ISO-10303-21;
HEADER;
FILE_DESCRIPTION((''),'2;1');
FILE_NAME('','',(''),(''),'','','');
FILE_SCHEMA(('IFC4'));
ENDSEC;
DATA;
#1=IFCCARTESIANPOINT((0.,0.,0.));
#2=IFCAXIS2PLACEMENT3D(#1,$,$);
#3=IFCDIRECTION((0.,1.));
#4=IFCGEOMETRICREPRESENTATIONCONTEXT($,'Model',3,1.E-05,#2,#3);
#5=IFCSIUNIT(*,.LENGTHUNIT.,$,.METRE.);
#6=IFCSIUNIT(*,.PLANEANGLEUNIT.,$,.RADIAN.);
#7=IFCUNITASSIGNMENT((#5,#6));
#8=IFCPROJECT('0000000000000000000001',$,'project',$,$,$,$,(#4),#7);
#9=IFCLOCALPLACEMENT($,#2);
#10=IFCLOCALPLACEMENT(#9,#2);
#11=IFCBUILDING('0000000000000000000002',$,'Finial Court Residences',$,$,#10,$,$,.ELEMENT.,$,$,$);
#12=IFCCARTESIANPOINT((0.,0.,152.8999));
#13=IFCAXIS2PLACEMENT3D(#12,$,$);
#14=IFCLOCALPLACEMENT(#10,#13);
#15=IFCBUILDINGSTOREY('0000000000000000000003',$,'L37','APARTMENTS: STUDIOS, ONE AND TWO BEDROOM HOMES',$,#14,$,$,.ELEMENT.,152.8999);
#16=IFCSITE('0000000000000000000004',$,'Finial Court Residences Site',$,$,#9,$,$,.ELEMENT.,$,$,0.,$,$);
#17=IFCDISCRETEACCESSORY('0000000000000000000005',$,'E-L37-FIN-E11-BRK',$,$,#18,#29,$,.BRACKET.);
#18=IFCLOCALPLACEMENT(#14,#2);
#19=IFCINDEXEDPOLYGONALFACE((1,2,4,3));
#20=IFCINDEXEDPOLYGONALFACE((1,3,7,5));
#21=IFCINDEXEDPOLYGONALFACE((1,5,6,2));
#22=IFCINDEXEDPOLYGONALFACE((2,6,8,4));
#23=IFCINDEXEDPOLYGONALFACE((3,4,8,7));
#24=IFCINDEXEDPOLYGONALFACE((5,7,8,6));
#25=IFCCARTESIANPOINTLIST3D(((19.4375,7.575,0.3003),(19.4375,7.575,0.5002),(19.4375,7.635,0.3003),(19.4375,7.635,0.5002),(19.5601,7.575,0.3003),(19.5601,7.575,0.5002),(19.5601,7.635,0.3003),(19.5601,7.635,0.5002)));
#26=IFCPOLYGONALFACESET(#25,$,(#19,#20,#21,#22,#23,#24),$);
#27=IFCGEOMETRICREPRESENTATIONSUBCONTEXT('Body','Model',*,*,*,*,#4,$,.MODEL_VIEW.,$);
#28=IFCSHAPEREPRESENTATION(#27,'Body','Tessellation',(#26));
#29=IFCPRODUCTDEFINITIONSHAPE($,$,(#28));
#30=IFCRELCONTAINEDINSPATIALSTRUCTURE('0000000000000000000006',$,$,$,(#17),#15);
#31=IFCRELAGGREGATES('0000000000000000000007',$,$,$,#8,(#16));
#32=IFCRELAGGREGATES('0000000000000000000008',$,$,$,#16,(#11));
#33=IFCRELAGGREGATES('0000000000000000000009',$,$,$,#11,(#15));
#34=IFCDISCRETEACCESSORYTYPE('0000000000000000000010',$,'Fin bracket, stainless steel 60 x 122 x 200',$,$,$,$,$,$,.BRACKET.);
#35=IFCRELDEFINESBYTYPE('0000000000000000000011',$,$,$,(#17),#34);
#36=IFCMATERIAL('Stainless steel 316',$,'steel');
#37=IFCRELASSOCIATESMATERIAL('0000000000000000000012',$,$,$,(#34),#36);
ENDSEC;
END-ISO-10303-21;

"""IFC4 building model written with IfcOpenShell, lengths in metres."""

from ifc_helpers import new_model, si_unit, direction, frame, origin, origin_2d, place, context, subcontext, project, spatial, rectangle, extrude, material, type_object, element, save


model = new_model("IFC4")

# Units and contexts
model_context = context("Model", 3, precision=1e-05, world=origin(), true_north=direction((0.0, 1.0)))
body_context = subcontext(model_context, "Body", "Model", "MODEL_VIEW")
ifc_project = project(units=[si_unit("LENGTHUNIT", "METRE"), si_unit("PLANEANGLEUNIT", "RADIAN")], contexts=[model_context])

# Site, building, storey
site_placement = place(None, origin())
site = spatial("IfcSite", under=ifc_project, at=site_placement, Name="Finial Court Residences Site", CompositionType="ELEMENT", RefElevation=0.0)
building_placement = place(site_placement, origin())
building = spatial("IfcBuilding", under=site, at=building_placement, Name="Finial Court Residences", CompositionType="ELEMENT")
storey_placement = place(building_placement, frame((0.0, 0.0, 152.8999)))
storey = spatial("IfcBuildingStorey", under=building, at=storey_placement, Name="L37", Description="APARTMENTS: STUDIOS, ONE AND TWO BEDROOM HOMES", CompositionType="ELEMENT", Elevation=152.8999)

# Discrete accessory
ifc_material_1 = material(Name="Stainless steel 316", Category="steel")
discrete_accessory_type = type_object("IfcDiscreteAccessoryType", Name="Fin bracket, stainless steel 60 x 122 x 200", PredefinedType="BRACKET", material=ifc_material_1)
discrete_accessory_placement = place(storey_placement, frame((19.4988, 7.605, 0.3003), z_axis=(0.0, 0.0, 1.0), x_axis=(1.0, 0.0, 0.0)))
element("IfcDiscreteAccessory", 1, at=discrete_accessory_placement, inside=storey, type_object=discrete_accessory_type, Name="E-L37-FIN-E11-BRK", PredefinedType="BRACKET", context=body_context, shape_type="SweptSolid", body=[
    extrude(rectangle(XDim=0.1226, YDim=0.0601, at=origin_2d()), origin(), (0.0, 0.0, 1.0), 0.2),
])

save(model, "model.ifc")
